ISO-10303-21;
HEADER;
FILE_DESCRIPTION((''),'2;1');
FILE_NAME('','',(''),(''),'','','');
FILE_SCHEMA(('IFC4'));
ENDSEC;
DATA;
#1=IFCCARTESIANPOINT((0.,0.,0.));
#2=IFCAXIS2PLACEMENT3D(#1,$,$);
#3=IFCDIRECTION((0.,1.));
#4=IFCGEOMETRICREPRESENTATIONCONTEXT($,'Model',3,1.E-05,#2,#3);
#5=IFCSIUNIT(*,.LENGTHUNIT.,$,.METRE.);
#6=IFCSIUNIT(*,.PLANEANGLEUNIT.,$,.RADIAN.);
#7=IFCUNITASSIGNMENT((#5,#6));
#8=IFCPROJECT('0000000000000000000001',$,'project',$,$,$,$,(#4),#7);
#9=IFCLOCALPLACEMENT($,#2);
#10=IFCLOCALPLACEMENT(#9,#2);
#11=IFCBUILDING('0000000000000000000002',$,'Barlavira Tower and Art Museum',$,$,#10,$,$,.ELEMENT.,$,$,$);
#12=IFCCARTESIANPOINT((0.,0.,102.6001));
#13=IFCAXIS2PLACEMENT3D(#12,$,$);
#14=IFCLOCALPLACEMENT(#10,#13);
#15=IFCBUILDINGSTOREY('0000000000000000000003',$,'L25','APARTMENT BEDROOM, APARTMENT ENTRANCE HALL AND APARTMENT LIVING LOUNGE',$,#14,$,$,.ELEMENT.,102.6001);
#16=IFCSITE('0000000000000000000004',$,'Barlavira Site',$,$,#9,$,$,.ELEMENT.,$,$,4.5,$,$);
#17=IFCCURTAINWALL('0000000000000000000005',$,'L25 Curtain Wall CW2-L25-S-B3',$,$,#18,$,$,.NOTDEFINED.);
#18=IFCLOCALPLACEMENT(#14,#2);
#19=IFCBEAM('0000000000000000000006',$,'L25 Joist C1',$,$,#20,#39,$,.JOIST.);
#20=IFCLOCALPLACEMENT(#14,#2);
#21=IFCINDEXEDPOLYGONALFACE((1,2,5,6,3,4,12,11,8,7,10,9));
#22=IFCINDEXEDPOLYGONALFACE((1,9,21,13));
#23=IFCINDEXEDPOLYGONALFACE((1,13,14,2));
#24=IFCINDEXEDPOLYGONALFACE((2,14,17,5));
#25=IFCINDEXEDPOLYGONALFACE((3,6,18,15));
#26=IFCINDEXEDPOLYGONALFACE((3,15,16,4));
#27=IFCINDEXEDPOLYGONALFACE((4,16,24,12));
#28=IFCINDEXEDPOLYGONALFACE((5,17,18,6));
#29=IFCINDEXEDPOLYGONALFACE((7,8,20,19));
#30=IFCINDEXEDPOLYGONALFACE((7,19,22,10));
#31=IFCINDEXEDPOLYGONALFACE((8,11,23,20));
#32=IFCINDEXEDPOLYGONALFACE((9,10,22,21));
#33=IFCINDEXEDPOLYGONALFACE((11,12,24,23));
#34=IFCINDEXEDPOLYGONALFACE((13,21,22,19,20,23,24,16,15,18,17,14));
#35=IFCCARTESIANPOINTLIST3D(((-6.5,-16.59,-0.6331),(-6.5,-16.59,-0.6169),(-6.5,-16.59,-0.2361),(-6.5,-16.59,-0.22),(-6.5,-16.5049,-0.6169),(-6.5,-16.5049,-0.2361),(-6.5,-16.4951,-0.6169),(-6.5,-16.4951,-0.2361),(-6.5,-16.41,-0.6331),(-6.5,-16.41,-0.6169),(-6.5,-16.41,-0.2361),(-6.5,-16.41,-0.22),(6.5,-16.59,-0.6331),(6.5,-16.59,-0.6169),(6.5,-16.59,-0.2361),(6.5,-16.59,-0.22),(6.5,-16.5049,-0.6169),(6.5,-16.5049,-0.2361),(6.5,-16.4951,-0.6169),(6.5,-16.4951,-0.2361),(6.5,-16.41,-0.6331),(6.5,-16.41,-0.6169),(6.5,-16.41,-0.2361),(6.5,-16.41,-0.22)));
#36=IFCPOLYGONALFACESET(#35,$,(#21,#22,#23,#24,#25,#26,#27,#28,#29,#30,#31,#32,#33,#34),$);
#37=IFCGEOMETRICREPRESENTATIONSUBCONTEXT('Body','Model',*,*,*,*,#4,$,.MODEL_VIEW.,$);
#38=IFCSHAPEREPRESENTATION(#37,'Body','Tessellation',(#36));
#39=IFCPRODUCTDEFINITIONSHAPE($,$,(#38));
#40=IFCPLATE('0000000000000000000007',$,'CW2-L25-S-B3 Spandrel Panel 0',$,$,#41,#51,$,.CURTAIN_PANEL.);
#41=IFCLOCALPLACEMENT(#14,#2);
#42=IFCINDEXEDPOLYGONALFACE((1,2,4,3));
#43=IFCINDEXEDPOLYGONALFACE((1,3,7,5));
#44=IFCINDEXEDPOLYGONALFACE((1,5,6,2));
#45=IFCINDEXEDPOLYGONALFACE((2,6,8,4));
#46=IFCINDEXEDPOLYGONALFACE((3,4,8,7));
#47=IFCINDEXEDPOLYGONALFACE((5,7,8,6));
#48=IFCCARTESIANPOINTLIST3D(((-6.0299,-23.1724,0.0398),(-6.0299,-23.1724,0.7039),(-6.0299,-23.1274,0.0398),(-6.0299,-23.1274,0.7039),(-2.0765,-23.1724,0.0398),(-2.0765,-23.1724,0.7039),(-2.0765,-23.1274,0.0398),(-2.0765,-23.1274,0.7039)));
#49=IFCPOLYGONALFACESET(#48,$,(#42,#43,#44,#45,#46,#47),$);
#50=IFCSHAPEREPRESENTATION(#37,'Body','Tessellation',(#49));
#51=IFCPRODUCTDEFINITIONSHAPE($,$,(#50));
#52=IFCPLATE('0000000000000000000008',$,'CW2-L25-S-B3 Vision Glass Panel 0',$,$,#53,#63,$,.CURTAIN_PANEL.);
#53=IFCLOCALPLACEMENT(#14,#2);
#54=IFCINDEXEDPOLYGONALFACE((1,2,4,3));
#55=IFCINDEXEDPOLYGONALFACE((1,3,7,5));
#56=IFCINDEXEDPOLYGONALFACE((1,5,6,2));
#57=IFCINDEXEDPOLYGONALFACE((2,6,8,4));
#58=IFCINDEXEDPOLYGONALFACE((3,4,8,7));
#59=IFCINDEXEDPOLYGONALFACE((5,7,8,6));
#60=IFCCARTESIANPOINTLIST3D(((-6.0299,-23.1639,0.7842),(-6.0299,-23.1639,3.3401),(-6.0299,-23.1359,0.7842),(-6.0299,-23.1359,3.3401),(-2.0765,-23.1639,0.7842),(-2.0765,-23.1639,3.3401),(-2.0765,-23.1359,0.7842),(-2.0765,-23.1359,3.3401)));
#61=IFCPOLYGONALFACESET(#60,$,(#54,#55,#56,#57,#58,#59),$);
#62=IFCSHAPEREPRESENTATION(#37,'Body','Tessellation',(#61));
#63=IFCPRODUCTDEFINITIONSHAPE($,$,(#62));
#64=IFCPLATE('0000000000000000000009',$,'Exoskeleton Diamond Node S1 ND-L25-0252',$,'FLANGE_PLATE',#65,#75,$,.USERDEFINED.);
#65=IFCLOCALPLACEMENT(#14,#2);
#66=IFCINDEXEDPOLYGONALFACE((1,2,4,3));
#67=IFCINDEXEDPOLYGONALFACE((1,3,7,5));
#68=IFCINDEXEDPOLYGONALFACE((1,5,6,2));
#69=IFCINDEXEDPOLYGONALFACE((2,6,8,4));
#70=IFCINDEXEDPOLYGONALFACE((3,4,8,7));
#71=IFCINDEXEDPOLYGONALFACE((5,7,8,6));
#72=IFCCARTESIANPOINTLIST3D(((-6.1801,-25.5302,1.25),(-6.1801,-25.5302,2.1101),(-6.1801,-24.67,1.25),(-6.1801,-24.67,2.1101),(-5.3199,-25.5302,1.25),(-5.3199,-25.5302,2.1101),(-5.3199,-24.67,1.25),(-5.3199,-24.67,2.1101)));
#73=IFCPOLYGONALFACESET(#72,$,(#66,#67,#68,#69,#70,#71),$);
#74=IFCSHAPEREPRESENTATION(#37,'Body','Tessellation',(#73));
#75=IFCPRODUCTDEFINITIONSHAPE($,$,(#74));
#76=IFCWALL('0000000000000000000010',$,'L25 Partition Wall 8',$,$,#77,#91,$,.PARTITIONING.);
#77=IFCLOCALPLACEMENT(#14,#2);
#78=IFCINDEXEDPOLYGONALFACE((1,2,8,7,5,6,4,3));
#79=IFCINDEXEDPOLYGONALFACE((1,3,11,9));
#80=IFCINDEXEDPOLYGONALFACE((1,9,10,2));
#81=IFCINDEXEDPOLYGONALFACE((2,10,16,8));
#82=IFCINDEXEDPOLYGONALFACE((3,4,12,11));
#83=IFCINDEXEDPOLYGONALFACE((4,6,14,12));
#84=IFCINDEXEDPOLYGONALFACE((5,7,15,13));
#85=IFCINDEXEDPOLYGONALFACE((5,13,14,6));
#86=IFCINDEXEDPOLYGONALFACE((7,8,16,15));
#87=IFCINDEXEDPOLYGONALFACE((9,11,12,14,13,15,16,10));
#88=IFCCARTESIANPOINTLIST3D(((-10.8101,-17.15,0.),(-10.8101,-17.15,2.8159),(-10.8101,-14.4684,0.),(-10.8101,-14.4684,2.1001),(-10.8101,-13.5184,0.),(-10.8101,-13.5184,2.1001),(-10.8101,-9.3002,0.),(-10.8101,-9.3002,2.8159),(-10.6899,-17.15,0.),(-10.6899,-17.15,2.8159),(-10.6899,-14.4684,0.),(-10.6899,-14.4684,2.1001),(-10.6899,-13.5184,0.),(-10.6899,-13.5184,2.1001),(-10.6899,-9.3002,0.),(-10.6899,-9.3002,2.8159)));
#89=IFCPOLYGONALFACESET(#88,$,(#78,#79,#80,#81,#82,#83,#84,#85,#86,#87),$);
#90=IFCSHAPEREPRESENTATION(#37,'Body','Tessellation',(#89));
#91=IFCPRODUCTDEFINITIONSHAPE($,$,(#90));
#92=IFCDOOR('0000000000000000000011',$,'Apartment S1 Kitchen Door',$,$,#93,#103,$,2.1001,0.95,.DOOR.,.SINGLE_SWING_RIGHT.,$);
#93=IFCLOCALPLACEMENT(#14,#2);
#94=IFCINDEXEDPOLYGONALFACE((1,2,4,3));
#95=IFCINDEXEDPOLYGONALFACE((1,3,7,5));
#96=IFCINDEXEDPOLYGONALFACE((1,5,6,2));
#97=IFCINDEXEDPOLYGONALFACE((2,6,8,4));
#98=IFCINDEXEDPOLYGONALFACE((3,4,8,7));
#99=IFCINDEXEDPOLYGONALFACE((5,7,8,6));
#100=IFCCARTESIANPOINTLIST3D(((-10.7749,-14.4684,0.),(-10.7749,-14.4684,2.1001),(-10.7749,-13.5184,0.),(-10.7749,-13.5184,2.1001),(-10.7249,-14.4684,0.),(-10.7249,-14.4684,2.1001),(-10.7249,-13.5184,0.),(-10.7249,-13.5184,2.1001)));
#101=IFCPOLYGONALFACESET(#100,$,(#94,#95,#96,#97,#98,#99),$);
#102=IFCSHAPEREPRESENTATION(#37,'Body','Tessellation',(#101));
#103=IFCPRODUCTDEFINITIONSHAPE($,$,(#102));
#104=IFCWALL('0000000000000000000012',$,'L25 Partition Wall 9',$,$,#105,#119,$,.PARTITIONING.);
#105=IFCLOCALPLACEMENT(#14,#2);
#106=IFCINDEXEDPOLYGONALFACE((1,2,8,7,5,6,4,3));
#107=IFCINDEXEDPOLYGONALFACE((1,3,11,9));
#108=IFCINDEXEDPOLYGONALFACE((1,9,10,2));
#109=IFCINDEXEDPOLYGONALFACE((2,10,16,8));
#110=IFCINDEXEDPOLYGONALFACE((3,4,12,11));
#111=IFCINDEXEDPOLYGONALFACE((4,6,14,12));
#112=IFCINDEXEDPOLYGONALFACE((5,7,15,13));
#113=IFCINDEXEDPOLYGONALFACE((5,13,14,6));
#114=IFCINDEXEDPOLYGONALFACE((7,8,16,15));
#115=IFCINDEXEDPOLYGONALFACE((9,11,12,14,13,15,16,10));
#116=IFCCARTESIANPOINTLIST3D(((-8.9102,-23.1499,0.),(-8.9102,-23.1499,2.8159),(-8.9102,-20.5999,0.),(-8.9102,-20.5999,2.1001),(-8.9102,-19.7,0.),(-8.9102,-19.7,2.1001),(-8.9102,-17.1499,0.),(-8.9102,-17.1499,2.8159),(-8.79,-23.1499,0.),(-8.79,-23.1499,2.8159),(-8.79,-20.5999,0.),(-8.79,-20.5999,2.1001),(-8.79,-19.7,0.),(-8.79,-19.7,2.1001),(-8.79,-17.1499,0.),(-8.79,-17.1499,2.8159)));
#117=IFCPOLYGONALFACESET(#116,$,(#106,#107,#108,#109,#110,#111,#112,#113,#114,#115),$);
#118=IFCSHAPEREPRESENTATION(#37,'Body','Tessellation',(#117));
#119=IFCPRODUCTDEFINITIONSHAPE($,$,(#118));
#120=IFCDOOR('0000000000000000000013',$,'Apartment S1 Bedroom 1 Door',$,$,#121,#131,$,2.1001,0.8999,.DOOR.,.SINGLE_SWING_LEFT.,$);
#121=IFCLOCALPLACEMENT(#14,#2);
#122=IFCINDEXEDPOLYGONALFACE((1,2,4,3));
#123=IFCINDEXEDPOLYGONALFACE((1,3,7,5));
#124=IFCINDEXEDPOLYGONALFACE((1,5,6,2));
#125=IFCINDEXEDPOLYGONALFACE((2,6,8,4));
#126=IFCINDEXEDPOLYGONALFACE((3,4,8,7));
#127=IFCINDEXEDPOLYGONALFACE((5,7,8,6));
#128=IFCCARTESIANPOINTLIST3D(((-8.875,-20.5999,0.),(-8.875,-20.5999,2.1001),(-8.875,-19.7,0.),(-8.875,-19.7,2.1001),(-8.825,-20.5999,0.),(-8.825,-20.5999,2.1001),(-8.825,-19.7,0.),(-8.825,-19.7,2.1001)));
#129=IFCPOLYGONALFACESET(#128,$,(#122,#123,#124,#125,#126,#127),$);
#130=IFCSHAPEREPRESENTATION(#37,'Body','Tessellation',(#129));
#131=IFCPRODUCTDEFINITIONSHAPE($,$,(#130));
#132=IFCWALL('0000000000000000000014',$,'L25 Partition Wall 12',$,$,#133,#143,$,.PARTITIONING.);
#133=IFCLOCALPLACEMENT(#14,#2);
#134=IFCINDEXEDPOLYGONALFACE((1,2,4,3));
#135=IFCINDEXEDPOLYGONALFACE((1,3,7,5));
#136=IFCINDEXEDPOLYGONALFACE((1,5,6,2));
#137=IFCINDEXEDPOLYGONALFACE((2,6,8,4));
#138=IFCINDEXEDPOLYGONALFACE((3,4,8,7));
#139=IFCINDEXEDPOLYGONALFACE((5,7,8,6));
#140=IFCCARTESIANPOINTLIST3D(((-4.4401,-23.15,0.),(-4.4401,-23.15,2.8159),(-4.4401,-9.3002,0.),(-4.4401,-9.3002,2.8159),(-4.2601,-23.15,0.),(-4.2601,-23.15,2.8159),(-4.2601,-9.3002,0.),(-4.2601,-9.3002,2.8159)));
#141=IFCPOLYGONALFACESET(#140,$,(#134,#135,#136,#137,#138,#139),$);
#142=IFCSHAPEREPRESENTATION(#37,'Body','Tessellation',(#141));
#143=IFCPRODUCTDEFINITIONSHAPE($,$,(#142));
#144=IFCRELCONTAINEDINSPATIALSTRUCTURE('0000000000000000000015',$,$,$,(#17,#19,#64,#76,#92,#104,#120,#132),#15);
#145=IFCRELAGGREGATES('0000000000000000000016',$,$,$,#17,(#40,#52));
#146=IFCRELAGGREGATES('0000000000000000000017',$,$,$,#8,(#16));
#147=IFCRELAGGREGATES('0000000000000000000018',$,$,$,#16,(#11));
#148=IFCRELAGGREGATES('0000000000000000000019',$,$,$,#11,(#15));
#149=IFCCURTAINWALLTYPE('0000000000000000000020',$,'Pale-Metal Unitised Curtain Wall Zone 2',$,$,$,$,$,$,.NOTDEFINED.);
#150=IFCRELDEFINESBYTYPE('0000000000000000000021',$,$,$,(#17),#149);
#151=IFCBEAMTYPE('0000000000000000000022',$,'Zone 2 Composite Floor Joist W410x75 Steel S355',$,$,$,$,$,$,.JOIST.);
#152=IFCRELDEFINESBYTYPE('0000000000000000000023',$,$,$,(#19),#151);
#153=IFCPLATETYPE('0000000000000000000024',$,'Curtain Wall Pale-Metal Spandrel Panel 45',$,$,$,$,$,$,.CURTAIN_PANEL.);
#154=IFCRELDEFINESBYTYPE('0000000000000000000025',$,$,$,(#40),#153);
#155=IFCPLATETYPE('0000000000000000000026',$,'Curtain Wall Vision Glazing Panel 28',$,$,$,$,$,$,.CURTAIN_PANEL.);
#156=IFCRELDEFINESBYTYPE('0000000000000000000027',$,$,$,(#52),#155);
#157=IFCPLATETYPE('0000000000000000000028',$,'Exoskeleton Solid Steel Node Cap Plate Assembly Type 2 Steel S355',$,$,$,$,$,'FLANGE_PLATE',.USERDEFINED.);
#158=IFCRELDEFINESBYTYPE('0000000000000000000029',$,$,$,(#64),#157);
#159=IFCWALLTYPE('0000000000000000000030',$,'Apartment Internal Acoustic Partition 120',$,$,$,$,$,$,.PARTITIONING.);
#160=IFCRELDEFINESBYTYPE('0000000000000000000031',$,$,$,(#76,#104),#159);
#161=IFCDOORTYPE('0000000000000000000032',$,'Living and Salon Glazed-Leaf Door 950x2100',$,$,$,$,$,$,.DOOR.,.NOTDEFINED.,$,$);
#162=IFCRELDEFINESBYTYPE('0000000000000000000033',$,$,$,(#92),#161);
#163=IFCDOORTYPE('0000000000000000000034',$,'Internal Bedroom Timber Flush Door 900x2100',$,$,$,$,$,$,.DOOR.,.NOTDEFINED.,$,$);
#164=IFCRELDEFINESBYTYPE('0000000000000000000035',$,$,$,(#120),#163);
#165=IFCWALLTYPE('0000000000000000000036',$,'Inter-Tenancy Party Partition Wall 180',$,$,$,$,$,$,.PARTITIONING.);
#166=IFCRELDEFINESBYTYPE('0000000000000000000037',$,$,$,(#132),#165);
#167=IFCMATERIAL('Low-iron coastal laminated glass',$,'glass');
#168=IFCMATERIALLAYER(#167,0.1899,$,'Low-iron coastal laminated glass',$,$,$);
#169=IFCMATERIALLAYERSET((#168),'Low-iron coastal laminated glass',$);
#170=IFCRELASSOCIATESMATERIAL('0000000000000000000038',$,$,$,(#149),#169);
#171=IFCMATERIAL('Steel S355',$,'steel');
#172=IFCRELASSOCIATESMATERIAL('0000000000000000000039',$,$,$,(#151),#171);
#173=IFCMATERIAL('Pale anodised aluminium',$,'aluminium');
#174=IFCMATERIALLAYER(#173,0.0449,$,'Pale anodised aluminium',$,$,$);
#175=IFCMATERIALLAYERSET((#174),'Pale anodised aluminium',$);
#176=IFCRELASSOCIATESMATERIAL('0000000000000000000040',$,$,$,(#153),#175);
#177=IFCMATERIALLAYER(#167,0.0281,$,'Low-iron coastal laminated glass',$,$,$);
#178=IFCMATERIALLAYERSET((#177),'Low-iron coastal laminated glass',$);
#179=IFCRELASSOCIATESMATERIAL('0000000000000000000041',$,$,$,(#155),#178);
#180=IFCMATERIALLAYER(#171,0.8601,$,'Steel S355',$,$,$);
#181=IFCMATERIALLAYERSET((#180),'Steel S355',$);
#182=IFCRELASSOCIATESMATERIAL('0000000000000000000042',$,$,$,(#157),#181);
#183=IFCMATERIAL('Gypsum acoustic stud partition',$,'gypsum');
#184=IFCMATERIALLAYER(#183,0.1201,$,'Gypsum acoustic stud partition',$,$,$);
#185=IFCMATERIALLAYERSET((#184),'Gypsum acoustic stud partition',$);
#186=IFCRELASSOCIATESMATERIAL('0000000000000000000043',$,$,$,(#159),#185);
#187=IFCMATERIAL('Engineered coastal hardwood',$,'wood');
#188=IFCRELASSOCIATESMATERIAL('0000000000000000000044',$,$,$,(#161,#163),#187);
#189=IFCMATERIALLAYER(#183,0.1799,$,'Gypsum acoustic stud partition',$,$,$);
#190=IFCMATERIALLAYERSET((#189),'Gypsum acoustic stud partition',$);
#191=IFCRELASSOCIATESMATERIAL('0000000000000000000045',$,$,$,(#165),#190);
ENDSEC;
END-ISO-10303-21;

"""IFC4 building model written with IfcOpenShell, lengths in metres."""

from ifc_helpers import new_model, si_unit, direction, frame, frame_2d, origin, origin_2d, place, context, subcontext, project, spatial, rectangle, i_section, extrude, material, layer, layer_set, material_profile, profile_set, type_object, element, fill, aggregate, save


model = new_model("IFC4")

# Units and contexts
model_context = context("Model", 3, precision=1e-05, world=origin(), true_north=direction((0.0, 1.0)))
body_context = subcontext(model_context, "Body", "Model", "MODEL_VIEW")
ifc_project = project(units=[si_unit("LENGTHUNIT", "METRE"), si_unit("PLANEANGLEUNIT", "RADIAN")], contexts=[model_context])

# Site, building, storey
site_placement = place(None, origin())
site = spatial("IfcSite", under=ifc_project, at=site_placement, Name="Barlavira Site", CompositionType="ELEMENT", RefElevation=4.5)
building_placement = place(site_placement, origin())
building = spatial("IfcBuilding", under=site, at=building_placement, Name="Barlavira Tower and Art Museum", CompositionType="ELEMENT")
storey_placement = place(building_placement, frame((0.0, 0.0, 102.6001)))
storey = spatial("IfcBuildingStorey", under=building, at=storey_placement, Name="L25", Description="APARTMENT BEDROOM, APARTMENT ENTRANCE HALL AND APARTMENT LIVING LOUNGE", CompositionType="ELEMENT", Elevation=102.6001)

# Curtain wall
ifc_material_1 = material(Name="Low-iron coastal laminated glass", Category="glass")
ifc_layer_1 = layer(ifc_material_1, 0.1899, Name="Low-iron coastal laminated glass")
ifc_layer_set_1 = layer_set([ifc_layer_1], Name="Low-iron coastal laminated glass")
curtain_wall_type = type_object("IfcCurtainWallType", Name="Pale-Metal Unitised Curtain Wall Zone 2", PredefinedType="NOTDEFINED", material=ifc_layer_set_1)
curtain_wall_placement = place(storey_placement, origin())
curtain_wall = element("IfcCurtainWall", 1, at=curtain_wall_placement, inside=storey, type_object=curtain_wall_type, Name="L25 Curtain Wall CW2-L25-S-B3", PredefinedType="NOTDEFINED")
ifc_material_2 = material(Name="Pale anodised aluminium", Category="aluminium")

# Beam
ifc_material_3 = material(Name="Steel S355", Category="steel")
ifc_material_profile_1 = material_profile(ifc_material_3, i_section(OverallWidth=0.1799, OverallDepth=0.4131, WebThickness=0.0098, FlangeThickness=0.0161, at=origin_2d()), Name="W410x75.0")
ifc_profile_set_1 = profile_set([ifc_material_profile_1], Name="Steel S355")
beam_type_1 = type_object("IfcBeamType", Name="Zone 2 Composite Floor Joist W410x75 Steel S355", PredefinedType="JOIST", material=ifc_profile_set_1)
beam_1_placement = place(storey_placement, frame((-6.5, -16.5, -0.4265), z_axis=(1.0, 0.0, 0.0), x_axis=(0.0, 1.0, 0.0)))
element("IfcBeam", 2, at=beam_1_placement, inside=storey, type_object=beam_type_1, Name="L25 Joist C1", PredefinedType="JOIST", context=body_context, shape_type="SweptSolid", body=[
    extrude(i_section(OverallWidth=0.1799, OverallDepth=0.4131, WebThickness=0.0098, FlangeThickness=0.0161, at=origin_2d()), origin(), (0.0, 0.0, 1.0), 13.0),
])

# Plates
ifc_layer_2 = layer(ifc_material_2, 0.0449, Name="Pale anodised aluminium")
ifc_layer_set_2 = layer_set([ifc_layer_2], Name="Pale anodised aluminium")
plate_type_1 = type_object("IfcPlateType", Name="Curtain Wall Pale-Metal Spandrel Panel 45", PredefinedType="CURTAIN_PANEL", material=ifc_layer_set_2)
plate_1_placement = place(storey_placement, frame((-4.0532, -23.1499, 0.0398), z_axis=(0.0, 0.0, 1.0), x_axis=(1.0, 0.0, 0.0)))
plate_1 = element("IfcPlate", 3, at=plate_1_placement, type_object=plate_type_1, Name="CW2-L25-S-B3 Spandrel Panel 0", PredefinedType="CURTAIN_PANEL", context=body_context, shape_type="SweptSolid", body=[
    extrude(rectangle(XDim=3.9534, YDim=0.0449, at=origin_2d()), origin(), (0.0, 0.0, 1.0), 0.6641),
])
ifc_layer_3 = layer(ifc_material_1, 0.0281, Name="Low-iron coastal laminated glass")
ifc_layer_set_3 = layer_set([ifc_layer_3], Name="Low-iron coastal laminated glass")
plate_type_2 = type_object("IfcPlateType", Name="Curtain Wall Vision Glazing Panel 28", PredefinedType="CURTAIN_PANEL", material=ifc_layer_set_3)
plate_2_placement = place(storey_placement, frame((-4.0532, -23.1499, 0.7842), z_axis=(0.0, 0.0, 1.0), x_axis=(1.0, 0.0, 0.0)))
plate_2 = element("IfcPlate", 4, at=plate_2_placement, type_object=plate_type_2, Name="CW2-L25-S-B3 Vision Glass Panel 0", PredefinedType="CURTAIN_PANEL", context=body_context, shape_type="SweptSolid", body=[
    extrude(rectangle(XDim=3.9534, YDim=0.0281, at=origin_2d()), origin(), (0.0, 0.0, 1.0), 2.5559),
])
aggregate(curtain_wall, [plate_1, plate_2])
ifc_layer_4 = layer(ifc_material_3, 0.8601, Name="Steel S355")
ifc_layer_set_4 = layer_set([ifc_layer_4], Name="Steel S355")
plate_type_3 = type_object("IfcPlateType", Name="Exoskeleton Solid Steel Node Cap Plate Assembly Type 2 Steel S355", ElementType="FLANGE_PLATE", PredefinedType="USERDEFINED", material=ifc_layer_set_4)
plate_3_placement = place(storey_placement, frame((-5.75, -25.1001, 1.25), z_axis=(0.0, 0.0, 1.0), x_axis=(1.0, 0.0, 0.0)))
element("IfcPlate", 5, at=plate_3_placement, inside=storey, type_object=plate_type_3, Name="Exoskeleton Diamond Node S1 ND-L25-0252", ObjectType="FLANGE_PLATE", PredefinedType="USERDEFINED", context=body_context, shape_type="SweptSolid", body=[
    extrude(rectangle(XDim=0.8601, YDim=0.8601, at=origin_2d()), origin(), (0.0, 0.0, 1.0), 0.8601),
])

# Walls, openings, doors
ifc_material_4 = material(Name="Gypsum acoustic stud partition", Category="gypsum")
ifc_layer_5 = layer(ifc_material_4, 0.1201, Name="Gypsum acoustic stud partition")
ifc_layer_set_5 = layer_set([ifc_layer_5], Name="Gypsum acoustic stud partition")
wall_type_1 = type_object("IfcWallType", Name="Apartment Internal Acoustic Partition 120", PredefinedType="PARTITIONING", material=ifc_layer_set_5)
wall_1_placement = place(storey_placement, frame((-10.75, -17.1499, 0.0), z_axis=(0.0, 0.0, 1.0), x_axis=(0.0, 1.0, 0.0)))
wall_1 = element("IfcWall", 6, at=wall_1_placement, inside=storey, type_object=wall_type_1, Name="L25 Partition Wall 8", PredefinedType="PARTITIONING", context=body_context, shape_type="SweptSolid", body=[
    extrude(rectangle(XDim=7.8499, YDim=0.1201, at=frame_2d((3.9248, 0.0))), origin(), (0.0, 0.0, 1.0), 2.8159),
])
opening_1_placement = place(wall_1_placement, frame((2.6814, 0.0, 0.0)))
opening_1 = element("IfcOpeningElement", 7, at=opening_1_placement, cuts=wall_1, PredefinedType="OPENING", context=body_context, shape_type="SweptSolid", body=[
    extrude(rectangle(XDim=0.95, YDim=2.1001, at=frame_2d((0.4751, 1.05))), frame((0.0, 0.0701, 0.0), z_axis=(0.0, -1.0, 0.0), x_axis=(1.0, 0.0, 0.0)), (0.0, 0.0, 1.0), 0.1401),
])
ifc_material_5 = material(Name="Engineered coastal hardwood", Category="wood")
door_type_1 = type_object("IfcDoorType", Name="Living and Salon Glazed-Leaf Door 950x2100", OperationType="NOTDEFINED", PredefinedType="DOOR", material=ifc_material_5)
door_1_placement = place(opening_1_placement, origin())
door_1 = element("IfcDoor", 8, at=door_1_placement, inside=storey, type_object=door_type_1, Name="Apartment S1 Kitchen Door", OperationType="SINGLE_SWING_RIGHT", OverallHeight=2.1001, OverallWidth=0.95, PredefinedType="DOOR", context=body_context, shape_type="SweptSolid", body=[
    extrude(rectangle(XDim=0.95, YDim=2.1001, at=frame_2d((0.4751, 1.05))), frame((0.0, 0.0249, 0.0), z_axis=(0.0, -1.0, 0.0), x_axis=(1.0, 0.0, 0.0)), (0.0, 0.0, 1.0), 0.05),
])
fill(opening_1, door_1)
wall_2_placement = place(storey_placement, frame((-8.8501, -23.1499, 0.0), z_axis=(0.0, 0.0, 1.0), x_axis=(0.0, 1.0, 0.0)))
wall_2 = element("IfcWall", 9, at=wall_2_placement, inside=storey, type_object=wall_type_1, Name="L25 Partition Wall 9", PredefinedType="PARTITIONING", context=body_context, shape_type="SweptSolid", body=[
    extrude(rectangle(XDim=6.0, YDim=0.1201, at=frame_2d((3.0, 0.0))), origin(), (0.0, 0.0, 1.0), 2.8159),
])
opening_2_placement = place(wall_2_placement, frame((2.55, 0.0, 0.0)))
opening_2 = element("IfcOpeningElement", 10, at=opening_2_placement, cuts=wall_2, PredefinedType="OPENING", context=body_context, shape_type="SweptSolid", body=[
    extrude(rectangle(XDim=0.8999, YDim=2.1001, at=frame_2d((0.45, 1.05))), frame((0.0, 0.0701, 0.0), z_axis=(0.0, -1.0, 0.0), x_axis=(1.0, 0.0, 0.0)), (0.0, 0.0, 1.0), 0.1401),
])
door_type_2 = type_object("IfcDoorType", Name="Internal Bedroom Timber Flush Door 900x2100", OperationType="NOTDEFINED", PredefinedType="DOOR", material=ifc_material_5)
door_2_placement = place(opening_2_placement, origin())
door_2 = element("IfcDoor", 11, at=door_2_placement, inside=storey, type_object=door_type_2, Name="Apartment S1 Bedroom 1 Door", OperationType="SINGLE_SWING_LEFT", OverallHeight=2.1001, OverallWidth=0.8999, PredefinedType="DOOR", context=body_context, shape_type="SweptSolid", body=[
    extrude(rectangle(XDim=0.8999, YDim=2.1001, at=frame_2d((0.45, 1.05))), frame((0.0, 0.0249, 0.0), z_axis=(0.0, -1.0, 0.0), x_axis=(1.0, 0.0, 0.0)), (0.0, 0.0, 1.0), 0.05),
])
fill(opening_2, door_2)

# Wall
ifc_layer_6 = layer(ifc_material_4, 0.1799, Name="Gypsum acoustic stud partition")
ifc_layer_set_6 = layer_set([ifc_layer_6], Name="Gypsum acoustic stud partition")
wall_type_2 = type_object("IfcWallType", Name="Inter-Tenancy Party Partition Wall 180", PredefinedType="PARTITIONING", material=ifc_layer_set_6)
wall_3_placement = place(storey_placement, frame((-4.3501, -23.1499, 0.0), z_axis=(0.0, 0.0, 1.0), x_axis=(0.0, 1.0, 0.0)))
element("IfcWall", 12, at=wall_3_placement, inside=storey, type_object=wall_type_2, Name="L25 Partition Wall 12", PredefinedType="PARTITIONING", context=body_context, shape_type="SweptSolid", body=[
    extrude(rectangle(XDim=13.8499, YDim=0.1799, at=frame_2d((6.9248, 0.0))), origin(), (0.0, 0.0, 1.0), 2.8159),
])

save(model, "model.ifc")
